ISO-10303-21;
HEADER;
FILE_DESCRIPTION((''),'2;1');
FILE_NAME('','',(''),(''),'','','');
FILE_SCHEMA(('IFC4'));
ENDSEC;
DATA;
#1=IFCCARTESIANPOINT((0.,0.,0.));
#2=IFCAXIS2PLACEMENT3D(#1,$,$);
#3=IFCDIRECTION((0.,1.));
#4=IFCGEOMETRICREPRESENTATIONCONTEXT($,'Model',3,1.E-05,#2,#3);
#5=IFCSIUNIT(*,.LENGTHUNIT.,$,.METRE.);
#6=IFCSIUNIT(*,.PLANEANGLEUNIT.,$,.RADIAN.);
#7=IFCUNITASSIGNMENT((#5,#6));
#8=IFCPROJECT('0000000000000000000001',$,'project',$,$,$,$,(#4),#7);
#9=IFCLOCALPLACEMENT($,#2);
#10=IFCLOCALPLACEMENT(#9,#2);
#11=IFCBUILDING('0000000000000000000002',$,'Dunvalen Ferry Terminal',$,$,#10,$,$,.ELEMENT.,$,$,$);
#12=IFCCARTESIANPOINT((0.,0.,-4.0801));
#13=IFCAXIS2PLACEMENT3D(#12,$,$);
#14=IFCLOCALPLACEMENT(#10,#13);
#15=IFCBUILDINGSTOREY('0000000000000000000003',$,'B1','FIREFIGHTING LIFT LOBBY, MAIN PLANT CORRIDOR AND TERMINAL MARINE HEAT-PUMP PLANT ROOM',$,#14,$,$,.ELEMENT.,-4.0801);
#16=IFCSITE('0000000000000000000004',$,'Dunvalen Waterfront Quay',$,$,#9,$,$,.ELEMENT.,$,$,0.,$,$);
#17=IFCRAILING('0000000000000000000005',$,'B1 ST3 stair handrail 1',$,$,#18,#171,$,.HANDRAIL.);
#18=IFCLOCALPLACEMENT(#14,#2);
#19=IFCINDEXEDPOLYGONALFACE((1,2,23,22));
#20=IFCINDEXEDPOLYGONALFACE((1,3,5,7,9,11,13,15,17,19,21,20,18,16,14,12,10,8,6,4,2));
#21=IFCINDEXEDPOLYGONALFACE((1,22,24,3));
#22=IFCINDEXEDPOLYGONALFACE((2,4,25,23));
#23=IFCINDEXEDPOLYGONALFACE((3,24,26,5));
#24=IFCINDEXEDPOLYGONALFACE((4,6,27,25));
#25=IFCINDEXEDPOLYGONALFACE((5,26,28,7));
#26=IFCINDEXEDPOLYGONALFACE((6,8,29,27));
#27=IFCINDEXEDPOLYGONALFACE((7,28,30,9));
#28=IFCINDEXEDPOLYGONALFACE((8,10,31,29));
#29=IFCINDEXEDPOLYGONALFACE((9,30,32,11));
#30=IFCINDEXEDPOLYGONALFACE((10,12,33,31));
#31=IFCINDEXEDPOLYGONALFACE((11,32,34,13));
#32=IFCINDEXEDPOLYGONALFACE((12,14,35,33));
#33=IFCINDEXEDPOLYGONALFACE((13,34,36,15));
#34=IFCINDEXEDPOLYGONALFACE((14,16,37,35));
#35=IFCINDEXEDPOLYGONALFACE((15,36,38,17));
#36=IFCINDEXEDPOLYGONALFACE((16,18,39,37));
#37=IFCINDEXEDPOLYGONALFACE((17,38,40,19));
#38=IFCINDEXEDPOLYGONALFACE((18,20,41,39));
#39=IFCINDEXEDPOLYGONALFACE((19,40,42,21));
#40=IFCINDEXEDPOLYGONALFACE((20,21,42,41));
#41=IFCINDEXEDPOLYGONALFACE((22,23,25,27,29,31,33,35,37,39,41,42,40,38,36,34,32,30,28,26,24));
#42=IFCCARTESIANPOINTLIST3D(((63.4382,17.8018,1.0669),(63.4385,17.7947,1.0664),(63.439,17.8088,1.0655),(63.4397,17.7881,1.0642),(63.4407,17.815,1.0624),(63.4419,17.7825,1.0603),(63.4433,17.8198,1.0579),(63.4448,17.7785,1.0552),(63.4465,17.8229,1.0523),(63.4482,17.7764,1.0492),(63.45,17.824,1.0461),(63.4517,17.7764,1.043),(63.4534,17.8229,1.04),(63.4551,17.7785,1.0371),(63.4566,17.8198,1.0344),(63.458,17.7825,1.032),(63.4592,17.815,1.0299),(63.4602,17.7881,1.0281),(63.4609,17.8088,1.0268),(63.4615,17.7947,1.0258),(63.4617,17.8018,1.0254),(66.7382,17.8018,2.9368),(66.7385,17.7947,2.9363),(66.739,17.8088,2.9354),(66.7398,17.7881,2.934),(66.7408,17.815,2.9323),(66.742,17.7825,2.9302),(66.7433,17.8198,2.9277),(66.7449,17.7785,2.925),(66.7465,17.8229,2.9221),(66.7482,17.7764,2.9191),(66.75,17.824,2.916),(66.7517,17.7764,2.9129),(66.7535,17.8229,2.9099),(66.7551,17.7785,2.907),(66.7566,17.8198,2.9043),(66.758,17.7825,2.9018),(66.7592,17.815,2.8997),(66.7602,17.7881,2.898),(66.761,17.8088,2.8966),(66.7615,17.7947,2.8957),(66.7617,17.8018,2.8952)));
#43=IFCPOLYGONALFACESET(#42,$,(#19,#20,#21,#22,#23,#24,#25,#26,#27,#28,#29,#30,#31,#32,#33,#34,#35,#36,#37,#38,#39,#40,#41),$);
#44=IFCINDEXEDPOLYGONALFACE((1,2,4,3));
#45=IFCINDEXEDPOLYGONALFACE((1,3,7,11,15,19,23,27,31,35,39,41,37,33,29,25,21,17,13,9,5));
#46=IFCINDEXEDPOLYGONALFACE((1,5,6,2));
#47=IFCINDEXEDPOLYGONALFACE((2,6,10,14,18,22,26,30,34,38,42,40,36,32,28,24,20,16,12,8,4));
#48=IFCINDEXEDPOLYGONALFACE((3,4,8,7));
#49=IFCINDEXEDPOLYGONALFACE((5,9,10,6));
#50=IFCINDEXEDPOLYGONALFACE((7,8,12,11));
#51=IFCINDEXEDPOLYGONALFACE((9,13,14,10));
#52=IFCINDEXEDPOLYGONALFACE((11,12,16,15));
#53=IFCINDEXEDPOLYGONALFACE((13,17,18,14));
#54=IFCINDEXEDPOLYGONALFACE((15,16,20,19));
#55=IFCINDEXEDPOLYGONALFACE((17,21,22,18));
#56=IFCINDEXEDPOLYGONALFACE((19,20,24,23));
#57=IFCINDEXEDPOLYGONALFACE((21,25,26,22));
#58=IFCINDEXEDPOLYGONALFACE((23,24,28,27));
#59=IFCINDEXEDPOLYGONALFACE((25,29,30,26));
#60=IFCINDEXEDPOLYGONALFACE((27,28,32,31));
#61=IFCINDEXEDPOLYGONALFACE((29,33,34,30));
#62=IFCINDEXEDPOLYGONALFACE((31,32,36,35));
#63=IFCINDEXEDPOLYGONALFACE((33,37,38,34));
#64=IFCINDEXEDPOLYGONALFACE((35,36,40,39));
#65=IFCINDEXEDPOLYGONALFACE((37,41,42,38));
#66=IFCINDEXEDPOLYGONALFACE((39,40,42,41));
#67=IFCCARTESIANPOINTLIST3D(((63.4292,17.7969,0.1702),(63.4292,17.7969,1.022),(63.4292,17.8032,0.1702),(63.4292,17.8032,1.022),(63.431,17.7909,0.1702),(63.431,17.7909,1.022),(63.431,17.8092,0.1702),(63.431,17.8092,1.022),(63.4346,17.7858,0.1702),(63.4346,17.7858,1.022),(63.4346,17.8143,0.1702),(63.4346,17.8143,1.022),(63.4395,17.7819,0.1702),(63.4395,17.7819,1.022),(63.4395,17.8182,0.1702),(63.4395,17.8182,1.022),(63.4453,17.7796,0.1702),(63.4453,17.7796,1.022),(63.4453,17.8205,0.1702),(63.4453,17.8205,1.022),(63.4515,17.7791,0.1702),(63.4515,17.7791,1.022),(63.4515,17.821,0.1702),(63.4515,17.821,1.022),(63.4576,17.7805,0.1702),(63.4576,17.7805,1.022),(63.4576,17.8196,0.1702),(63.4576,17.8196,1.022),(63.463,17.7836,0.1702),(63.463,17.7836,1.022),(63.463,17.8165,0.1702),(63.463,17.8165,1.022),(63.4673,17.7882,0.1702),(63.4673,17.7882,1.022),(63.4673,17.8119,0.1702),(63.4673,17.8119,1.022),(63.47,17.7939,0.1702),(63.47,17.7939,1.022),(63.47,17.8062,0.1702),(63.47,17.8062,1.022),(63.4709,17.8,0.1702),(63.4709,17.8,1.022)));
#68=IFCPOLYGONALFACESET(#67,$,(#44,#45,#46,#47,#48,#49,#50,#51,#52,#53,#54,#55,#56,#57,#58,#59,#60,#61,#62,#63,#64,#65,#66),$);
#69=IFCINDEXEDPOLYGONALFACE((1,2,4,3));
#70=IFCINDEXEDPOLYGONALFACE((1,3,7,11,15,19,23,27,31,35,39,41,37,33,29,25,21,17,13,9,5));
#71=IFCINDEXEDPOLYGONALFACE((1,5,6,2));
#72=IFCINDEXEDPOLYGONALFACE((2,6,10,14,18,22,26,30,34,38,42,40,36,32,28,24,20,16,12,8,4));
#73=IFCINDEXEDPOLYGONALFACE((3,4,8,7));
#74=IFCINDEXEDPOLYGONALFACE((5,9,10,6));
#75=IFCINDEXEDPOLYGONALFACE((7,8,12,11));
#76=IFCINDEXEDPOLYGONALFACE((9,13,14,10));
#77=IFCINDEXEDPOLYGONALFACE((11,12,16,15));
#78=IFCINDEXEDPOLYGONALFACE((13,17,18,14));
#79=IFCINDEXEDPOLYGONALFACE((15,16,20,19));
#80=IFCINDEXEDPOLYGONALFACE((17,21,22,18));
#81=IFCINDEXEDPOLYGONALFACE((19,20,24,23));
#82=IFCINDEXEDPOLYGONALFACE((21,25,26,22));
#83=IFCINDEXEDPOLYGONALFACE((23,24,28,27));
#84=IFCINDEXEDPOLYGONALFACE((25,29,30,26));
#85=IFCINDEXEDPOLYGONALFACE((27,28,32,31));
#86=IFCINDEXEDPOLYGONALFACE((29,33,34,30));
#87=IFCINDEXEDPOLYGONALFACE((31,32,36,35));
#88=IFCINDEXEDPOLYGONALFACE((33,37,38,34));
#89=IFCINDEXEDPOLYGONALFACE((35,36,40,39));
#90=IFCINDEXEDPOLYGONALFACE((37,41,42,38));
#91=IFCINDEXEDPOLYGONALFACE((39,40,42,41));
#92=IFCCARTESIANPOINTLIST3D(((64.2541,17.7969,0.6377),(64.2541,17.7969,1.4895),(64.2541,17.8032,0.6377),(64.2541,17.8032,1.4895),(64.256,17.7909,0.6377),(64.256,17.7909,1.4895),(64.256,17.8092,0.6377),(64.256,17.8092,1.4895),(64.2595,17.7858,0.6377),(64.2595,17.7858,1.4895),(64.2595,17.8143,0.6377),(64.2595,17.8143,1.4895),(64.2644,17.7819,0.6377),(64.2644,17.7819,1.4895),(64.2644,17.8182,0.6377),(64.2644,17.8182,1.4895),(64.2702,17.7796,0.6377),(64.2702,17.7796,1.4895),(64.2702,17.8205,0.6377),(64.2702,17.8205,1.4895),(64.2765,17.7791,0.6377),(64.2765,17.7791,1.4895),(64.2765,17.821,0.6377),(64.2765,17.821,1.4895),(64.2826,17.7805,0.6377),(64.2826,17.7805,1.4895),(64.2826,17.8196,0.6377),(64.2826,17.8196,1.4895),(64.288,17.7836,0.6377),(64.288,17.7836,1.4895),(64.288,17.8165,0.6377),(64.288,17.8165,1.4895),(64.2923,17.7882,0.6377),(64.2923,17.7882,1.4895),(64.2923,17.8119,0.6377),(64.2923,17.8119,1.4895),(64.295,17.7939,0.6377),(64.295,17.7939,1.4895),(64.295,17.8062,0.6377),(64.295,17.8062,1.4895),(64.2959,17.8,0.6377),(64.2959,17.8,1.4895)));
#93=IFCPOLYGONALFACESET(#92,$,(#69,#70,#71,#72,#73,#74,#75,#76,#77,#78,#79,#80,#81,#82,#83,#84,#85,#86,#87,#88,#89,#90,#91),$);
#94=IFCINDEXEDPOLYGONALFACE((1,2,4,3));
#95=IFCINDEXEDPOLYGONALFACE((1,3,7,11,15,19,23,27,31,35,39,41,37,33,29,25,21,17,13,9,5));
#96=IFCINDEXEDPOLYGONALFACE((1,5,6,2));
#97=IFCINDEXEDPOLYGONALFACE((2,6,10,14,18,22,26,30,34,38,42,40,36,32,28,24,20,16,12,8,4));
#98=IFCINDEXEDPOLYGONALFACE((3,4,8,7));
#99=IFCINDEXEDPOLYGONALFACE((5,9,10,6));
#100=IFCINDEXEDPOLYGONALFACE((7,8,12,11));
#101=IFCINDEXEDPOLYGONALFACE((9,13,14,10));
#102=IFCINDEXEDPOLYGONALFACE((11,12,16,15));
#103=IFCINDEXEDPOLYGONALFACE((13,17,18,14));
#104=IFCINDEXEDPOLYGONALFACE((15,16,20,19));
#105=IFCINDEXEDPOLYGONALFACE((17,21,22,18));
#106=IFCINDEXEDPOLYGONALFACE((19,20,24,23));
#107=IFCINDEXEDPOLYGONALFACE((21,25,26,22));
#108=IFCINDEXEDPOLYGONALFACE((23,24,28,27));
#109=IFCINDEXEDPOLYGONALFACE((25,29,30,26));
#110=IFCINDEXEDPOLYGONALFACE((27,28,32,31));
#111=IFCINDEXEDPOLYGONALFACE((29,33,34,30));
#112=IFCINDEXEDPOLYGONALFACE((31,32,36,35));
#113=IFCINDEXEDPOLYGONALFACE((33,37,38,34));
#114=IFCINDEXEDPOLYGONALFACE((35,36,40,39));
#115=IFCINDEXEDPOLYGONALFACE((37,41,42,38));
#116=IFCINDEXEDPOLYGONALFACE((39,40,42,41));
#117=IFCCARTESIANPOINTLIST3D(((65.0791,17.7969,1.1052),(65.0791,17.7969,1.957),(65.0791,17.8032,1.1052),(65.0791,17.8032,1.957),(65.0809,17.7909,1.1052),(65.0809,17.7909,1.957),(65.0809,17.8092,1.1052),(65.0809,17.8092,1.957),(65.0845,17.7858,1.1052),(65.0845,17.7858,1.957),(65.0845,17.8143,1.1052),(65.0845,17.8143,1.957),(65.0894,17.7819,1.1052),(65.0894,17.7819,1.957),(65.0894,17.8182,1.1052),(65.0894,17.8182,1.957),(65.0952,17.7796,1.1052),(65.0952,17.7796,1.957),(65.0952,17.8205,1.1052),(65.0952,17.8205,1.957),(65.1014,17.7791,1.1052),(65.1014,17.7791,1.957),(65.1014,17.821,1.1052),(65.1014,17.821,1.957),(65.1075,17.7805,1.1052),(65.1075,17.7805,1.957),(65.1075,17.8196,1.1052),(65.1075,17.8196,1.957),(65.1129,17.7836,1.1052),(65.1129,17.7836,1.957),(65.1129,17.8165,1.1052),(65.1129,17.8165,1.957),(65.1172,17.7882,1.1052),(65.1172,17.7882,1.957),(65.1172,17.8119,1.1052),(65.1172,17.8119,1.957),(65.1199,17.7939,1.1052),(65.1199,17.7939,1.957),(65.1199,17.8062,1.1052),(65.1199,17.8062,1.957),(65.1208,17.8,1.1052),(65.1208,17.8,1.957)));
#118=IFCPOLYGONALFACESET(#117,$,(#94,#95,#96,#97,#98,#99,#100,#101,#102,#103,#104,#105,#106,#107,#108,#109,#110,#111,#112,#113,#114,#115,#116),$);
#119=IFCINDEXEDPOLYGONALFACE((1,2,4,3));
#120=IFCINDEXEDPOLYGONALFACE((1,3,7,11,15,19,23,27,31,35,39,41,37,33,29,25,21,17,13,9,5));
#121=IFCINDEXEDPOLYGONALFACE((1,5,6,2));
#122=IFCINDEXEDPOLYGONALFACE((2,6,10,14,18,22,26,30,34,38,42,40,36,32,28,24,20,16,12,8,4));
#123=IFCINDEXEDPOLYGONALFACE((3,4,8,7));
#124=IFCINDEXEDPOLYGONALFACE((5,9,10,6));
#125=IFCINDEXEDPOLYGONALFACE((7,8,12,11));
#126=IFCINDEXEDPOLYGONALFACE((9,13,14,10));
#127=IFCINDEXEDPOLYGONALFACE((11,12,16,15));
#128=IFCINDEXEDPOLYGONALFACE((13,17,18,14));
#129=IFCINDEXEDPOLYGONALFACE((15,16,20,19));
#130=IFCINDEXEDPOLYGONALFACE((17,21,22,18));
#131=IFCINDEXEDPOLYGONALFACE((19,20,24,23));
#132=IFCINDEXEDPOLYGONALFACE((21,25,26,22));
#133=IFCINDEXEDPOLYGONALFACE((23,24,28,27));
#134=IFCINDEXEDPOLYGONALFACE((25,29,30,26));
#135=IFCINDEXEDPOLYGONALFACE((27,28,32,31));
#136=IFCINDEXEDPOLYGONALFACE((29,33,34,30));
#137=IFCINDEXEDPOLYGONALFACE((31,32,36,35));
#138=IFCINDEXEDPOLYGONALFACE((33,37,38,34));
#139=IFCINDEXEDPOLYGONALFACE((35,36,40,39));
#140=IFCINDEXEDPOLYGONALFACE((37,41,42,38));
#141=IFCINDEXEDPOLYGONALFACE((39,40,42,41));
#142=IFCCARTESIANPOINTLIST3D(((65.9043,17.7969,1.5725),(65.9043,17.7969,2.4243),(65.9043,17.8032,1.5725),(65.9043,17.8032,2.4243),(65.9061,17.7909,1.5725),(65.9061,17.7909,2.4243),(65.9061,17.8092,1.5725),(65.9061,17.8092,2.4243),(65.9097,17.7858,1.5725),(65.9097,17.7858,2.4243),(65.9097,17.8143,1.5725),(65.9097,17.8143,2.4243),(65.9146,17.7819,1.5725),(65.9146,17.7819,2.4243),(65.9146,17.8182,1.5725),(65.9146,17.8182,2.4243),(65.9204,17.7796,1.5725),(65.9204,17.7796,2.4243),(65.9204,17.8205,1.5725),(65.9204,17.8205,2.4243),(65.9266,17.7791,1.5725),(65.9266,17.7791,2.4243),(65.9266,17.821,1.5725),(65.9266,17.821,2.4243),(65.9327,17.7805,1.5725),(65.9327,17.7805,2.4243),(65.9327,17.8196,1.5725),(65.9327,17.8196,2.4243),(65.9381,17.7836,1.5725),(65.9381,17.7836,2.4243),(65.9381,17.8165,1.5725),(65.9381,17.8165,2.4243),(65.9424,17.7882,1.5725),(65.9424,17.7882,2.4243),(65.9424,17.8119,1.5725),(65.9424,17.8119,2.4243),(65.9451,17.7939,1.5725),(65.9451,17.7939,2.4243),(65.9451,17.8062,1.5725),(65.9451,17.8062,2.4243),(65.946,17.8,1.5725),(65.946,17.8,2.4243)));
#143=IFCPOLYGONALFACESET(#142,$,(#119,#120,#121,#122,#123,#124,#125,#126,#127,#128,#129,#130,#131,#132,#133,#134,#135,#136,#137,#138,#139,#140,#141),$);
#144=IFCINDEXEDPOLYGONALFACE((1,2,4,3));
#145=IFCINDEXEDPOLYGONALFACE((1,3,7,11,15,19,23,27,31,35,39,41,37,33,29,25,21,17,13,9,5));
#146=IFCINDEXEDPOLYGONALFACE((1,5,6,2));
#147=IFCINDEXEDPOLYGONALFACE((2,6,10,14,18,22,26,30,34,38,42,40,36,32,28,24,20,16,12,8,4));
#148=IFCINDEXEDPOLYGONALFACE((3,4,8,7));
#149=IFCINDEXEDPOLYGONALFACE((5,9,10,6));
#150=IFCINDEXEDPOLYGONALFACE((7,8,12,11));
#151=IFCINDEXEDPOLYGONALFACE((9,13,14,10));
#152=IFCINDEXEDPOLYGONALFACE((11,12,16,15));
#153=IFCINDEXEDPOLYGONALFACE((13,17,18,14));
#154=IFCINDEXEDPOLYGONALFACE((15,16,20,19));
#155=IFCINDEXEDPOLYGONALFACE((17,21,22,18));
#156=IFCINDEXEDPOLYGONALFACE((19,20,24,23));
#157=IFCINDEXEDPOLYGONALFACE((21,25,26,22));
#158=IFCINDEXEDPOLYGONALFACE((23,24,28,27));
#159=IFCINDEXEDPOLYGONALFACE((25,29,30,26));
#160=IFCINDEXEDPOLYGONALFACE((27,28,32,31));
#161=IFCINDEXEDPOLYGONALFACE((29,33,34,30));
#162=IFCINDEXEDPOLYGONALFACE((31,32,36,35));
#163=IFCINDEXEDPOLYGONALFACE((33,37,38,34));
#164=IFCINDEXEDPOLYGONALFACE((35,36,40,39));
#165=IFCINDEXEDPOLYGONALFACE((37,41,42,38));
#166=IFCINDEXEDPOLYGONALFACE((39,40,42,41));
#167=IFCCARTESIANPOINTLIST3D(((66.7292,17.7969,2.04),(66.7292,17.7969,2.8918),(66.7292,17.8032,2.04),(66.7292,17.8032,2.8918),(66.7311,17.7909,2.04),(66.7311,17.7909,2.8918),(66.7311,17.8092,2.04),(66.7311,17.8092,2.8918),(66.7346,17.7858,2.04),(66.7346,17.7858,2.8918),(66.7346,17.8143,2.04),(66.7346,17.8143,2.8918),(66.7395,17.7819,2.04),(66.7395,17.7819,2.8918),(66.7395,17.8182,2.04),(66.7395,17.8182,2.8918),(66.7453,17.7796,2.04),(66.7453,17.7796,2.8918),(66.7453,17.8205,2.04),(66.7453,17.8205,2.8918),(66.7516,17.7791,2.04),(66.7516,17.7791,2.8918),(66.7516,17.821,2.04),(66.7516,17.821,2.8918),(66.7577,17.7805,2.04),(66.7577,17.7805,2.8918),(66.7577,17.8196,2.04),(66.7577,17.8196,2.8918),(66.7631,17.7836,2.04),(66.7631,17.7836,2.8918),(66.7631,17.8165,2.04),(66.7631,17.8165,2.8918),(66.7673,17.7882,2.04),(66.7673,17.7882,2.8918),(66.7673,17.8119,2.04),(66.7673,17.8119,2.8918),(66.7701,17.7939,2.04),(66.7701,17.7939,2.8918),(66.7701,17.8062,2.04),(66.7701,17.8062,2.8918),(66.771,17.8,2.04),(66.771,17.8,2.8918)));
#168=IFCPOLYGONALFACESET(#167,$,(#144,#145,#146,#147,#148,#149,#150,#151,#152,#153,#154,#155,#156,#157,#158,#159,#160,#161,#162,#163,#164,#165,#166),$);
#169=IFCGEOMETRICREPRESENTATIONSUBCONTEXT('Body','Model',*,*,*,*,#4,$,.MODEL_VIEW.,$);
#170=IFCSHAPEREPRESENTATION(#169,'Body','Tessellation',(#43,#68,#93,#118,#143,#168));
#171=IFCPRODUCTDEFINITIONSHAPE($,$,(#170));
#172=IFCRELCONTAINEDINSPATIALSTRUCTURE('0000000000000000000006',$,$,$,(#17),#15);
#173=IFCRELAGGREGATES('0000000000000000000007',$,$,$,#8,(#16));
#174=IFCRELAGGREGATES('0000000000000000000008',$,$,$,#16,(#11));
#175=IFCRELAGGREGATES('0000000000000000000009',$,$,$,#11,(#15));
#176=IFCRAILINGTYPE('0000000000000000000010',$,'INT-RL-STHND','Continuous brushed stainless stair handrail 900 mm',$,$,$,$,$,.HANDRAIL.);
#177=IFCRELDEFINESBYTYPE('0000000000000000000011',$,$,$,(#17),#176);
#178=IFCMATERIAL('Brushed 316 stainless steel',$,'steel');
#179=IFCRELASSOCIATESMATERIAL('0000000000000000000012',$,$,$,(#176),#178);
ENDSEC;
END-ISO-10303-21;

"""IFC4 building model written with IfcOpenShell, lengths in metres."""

from ifc_helpers import new_model, si_unit, direction, frame, origin, origin_2d, place, context, subcontext, project, spatial, circle, extrude, material, type_object, element, save


model = new_model("IFC4")

# Units and contexts
model_context = context("Model", 3, precision=1e-05, world=origin(), true_north=direction((0.0, 1.0)))
body_context = subcontext(model_context, "Body", "Model", "MODEL_VIEW")
ifc_project = project(units=[si_unit("LENGTHUNIT", "METRE"), si_unit("PLANEANGLEUNIT", "RADIAN")], contexts=[model_context])

# Site, building, storey
site_placement = place(None, origin())
site = spatial("IfcSite", under=ifc_project, at=site_placement, Name="Dunvalen Waterfront Quay", CompositionType="ELEMENT", RefElevation=0.0)
building_placement = place(site_placement, origin())
building = spatial("IfcBuilding", under=site, at=building_placement, Name="Dunvalen Ferry Terminal", CompositionType="ELEMENT")
storey_placement = place(building_placement, frame((0.0, 0.0, -4.0801)))
storey = spatial("IfcBuildingStorey", under=building, at=storey_placement, Name="B1", Description="FIREFIGHTING LIFT LOBBY, MAIN PLANT CORRIDOR AND TERMINAL MARINE HEAT-PUMP PLANT ROOM", CompositionType="ELEMENT", Elevation=-4.0801)

# Railing
ifc_material_1 = material(Name="Brushed 316 stainless steel", Category="steel")
railing_type = type_object("IfcRailingType", Name="INT-RL-STHND", Description="Continuous brushed stainless stair handrail 900 mm", PredefinedType="HANDRAIL", material=ifc_material_1)
railing_placement = place(storey_placement, frame((63.45, 17.8, 0.1702)))
element("IfcRailing", 1, at=railing_placement, inside=storey, type_object=railing_type, Name="B1 ST3 stair handrail 1", PredefinedType="HANDRAIL", context=body_context, shape_type="SweptSolid", body=[
    extrude(circle(Radius=0.0239, at=origin_2d()), frame((0.0, 0.0, 0.876), z_axis=(0.87004, 0.0, 0.492982), x_axis=(0.0, 1.0, 0.0)), (0.0, 0.0, 1.0), 3.793),
    extrude(circle(Radius=0.021, at=origin_2d()), origin(), (0.0, 0.0, 1.0), 0.8518),
    extrude(circle(Radius=0.021, at=origin_2d()), frame((0.825, 0.0, 0.4675)), (0.0, 0.0, 1.0), 0.8518),
    extrude(circle(Radius=0.021, at=origin_2d()), frame((1.6499, 0.0, 0.9351)), (0.0, 0.0, 1.0), 0.8518),
    extrude(circle(Radius=0.021, at=origin_2d()), frame((2.4751, 0.0, 1.4023)), (0.0, 0.0, 1.0), 0.8518),
    extrude(circle(Radius=0.021, at=origin_2d()), frame((3.3, 0.0, 1.8699)), (0.0, 0.0, 1.0), 0.8518),
])

save(model, "model.ifc")
